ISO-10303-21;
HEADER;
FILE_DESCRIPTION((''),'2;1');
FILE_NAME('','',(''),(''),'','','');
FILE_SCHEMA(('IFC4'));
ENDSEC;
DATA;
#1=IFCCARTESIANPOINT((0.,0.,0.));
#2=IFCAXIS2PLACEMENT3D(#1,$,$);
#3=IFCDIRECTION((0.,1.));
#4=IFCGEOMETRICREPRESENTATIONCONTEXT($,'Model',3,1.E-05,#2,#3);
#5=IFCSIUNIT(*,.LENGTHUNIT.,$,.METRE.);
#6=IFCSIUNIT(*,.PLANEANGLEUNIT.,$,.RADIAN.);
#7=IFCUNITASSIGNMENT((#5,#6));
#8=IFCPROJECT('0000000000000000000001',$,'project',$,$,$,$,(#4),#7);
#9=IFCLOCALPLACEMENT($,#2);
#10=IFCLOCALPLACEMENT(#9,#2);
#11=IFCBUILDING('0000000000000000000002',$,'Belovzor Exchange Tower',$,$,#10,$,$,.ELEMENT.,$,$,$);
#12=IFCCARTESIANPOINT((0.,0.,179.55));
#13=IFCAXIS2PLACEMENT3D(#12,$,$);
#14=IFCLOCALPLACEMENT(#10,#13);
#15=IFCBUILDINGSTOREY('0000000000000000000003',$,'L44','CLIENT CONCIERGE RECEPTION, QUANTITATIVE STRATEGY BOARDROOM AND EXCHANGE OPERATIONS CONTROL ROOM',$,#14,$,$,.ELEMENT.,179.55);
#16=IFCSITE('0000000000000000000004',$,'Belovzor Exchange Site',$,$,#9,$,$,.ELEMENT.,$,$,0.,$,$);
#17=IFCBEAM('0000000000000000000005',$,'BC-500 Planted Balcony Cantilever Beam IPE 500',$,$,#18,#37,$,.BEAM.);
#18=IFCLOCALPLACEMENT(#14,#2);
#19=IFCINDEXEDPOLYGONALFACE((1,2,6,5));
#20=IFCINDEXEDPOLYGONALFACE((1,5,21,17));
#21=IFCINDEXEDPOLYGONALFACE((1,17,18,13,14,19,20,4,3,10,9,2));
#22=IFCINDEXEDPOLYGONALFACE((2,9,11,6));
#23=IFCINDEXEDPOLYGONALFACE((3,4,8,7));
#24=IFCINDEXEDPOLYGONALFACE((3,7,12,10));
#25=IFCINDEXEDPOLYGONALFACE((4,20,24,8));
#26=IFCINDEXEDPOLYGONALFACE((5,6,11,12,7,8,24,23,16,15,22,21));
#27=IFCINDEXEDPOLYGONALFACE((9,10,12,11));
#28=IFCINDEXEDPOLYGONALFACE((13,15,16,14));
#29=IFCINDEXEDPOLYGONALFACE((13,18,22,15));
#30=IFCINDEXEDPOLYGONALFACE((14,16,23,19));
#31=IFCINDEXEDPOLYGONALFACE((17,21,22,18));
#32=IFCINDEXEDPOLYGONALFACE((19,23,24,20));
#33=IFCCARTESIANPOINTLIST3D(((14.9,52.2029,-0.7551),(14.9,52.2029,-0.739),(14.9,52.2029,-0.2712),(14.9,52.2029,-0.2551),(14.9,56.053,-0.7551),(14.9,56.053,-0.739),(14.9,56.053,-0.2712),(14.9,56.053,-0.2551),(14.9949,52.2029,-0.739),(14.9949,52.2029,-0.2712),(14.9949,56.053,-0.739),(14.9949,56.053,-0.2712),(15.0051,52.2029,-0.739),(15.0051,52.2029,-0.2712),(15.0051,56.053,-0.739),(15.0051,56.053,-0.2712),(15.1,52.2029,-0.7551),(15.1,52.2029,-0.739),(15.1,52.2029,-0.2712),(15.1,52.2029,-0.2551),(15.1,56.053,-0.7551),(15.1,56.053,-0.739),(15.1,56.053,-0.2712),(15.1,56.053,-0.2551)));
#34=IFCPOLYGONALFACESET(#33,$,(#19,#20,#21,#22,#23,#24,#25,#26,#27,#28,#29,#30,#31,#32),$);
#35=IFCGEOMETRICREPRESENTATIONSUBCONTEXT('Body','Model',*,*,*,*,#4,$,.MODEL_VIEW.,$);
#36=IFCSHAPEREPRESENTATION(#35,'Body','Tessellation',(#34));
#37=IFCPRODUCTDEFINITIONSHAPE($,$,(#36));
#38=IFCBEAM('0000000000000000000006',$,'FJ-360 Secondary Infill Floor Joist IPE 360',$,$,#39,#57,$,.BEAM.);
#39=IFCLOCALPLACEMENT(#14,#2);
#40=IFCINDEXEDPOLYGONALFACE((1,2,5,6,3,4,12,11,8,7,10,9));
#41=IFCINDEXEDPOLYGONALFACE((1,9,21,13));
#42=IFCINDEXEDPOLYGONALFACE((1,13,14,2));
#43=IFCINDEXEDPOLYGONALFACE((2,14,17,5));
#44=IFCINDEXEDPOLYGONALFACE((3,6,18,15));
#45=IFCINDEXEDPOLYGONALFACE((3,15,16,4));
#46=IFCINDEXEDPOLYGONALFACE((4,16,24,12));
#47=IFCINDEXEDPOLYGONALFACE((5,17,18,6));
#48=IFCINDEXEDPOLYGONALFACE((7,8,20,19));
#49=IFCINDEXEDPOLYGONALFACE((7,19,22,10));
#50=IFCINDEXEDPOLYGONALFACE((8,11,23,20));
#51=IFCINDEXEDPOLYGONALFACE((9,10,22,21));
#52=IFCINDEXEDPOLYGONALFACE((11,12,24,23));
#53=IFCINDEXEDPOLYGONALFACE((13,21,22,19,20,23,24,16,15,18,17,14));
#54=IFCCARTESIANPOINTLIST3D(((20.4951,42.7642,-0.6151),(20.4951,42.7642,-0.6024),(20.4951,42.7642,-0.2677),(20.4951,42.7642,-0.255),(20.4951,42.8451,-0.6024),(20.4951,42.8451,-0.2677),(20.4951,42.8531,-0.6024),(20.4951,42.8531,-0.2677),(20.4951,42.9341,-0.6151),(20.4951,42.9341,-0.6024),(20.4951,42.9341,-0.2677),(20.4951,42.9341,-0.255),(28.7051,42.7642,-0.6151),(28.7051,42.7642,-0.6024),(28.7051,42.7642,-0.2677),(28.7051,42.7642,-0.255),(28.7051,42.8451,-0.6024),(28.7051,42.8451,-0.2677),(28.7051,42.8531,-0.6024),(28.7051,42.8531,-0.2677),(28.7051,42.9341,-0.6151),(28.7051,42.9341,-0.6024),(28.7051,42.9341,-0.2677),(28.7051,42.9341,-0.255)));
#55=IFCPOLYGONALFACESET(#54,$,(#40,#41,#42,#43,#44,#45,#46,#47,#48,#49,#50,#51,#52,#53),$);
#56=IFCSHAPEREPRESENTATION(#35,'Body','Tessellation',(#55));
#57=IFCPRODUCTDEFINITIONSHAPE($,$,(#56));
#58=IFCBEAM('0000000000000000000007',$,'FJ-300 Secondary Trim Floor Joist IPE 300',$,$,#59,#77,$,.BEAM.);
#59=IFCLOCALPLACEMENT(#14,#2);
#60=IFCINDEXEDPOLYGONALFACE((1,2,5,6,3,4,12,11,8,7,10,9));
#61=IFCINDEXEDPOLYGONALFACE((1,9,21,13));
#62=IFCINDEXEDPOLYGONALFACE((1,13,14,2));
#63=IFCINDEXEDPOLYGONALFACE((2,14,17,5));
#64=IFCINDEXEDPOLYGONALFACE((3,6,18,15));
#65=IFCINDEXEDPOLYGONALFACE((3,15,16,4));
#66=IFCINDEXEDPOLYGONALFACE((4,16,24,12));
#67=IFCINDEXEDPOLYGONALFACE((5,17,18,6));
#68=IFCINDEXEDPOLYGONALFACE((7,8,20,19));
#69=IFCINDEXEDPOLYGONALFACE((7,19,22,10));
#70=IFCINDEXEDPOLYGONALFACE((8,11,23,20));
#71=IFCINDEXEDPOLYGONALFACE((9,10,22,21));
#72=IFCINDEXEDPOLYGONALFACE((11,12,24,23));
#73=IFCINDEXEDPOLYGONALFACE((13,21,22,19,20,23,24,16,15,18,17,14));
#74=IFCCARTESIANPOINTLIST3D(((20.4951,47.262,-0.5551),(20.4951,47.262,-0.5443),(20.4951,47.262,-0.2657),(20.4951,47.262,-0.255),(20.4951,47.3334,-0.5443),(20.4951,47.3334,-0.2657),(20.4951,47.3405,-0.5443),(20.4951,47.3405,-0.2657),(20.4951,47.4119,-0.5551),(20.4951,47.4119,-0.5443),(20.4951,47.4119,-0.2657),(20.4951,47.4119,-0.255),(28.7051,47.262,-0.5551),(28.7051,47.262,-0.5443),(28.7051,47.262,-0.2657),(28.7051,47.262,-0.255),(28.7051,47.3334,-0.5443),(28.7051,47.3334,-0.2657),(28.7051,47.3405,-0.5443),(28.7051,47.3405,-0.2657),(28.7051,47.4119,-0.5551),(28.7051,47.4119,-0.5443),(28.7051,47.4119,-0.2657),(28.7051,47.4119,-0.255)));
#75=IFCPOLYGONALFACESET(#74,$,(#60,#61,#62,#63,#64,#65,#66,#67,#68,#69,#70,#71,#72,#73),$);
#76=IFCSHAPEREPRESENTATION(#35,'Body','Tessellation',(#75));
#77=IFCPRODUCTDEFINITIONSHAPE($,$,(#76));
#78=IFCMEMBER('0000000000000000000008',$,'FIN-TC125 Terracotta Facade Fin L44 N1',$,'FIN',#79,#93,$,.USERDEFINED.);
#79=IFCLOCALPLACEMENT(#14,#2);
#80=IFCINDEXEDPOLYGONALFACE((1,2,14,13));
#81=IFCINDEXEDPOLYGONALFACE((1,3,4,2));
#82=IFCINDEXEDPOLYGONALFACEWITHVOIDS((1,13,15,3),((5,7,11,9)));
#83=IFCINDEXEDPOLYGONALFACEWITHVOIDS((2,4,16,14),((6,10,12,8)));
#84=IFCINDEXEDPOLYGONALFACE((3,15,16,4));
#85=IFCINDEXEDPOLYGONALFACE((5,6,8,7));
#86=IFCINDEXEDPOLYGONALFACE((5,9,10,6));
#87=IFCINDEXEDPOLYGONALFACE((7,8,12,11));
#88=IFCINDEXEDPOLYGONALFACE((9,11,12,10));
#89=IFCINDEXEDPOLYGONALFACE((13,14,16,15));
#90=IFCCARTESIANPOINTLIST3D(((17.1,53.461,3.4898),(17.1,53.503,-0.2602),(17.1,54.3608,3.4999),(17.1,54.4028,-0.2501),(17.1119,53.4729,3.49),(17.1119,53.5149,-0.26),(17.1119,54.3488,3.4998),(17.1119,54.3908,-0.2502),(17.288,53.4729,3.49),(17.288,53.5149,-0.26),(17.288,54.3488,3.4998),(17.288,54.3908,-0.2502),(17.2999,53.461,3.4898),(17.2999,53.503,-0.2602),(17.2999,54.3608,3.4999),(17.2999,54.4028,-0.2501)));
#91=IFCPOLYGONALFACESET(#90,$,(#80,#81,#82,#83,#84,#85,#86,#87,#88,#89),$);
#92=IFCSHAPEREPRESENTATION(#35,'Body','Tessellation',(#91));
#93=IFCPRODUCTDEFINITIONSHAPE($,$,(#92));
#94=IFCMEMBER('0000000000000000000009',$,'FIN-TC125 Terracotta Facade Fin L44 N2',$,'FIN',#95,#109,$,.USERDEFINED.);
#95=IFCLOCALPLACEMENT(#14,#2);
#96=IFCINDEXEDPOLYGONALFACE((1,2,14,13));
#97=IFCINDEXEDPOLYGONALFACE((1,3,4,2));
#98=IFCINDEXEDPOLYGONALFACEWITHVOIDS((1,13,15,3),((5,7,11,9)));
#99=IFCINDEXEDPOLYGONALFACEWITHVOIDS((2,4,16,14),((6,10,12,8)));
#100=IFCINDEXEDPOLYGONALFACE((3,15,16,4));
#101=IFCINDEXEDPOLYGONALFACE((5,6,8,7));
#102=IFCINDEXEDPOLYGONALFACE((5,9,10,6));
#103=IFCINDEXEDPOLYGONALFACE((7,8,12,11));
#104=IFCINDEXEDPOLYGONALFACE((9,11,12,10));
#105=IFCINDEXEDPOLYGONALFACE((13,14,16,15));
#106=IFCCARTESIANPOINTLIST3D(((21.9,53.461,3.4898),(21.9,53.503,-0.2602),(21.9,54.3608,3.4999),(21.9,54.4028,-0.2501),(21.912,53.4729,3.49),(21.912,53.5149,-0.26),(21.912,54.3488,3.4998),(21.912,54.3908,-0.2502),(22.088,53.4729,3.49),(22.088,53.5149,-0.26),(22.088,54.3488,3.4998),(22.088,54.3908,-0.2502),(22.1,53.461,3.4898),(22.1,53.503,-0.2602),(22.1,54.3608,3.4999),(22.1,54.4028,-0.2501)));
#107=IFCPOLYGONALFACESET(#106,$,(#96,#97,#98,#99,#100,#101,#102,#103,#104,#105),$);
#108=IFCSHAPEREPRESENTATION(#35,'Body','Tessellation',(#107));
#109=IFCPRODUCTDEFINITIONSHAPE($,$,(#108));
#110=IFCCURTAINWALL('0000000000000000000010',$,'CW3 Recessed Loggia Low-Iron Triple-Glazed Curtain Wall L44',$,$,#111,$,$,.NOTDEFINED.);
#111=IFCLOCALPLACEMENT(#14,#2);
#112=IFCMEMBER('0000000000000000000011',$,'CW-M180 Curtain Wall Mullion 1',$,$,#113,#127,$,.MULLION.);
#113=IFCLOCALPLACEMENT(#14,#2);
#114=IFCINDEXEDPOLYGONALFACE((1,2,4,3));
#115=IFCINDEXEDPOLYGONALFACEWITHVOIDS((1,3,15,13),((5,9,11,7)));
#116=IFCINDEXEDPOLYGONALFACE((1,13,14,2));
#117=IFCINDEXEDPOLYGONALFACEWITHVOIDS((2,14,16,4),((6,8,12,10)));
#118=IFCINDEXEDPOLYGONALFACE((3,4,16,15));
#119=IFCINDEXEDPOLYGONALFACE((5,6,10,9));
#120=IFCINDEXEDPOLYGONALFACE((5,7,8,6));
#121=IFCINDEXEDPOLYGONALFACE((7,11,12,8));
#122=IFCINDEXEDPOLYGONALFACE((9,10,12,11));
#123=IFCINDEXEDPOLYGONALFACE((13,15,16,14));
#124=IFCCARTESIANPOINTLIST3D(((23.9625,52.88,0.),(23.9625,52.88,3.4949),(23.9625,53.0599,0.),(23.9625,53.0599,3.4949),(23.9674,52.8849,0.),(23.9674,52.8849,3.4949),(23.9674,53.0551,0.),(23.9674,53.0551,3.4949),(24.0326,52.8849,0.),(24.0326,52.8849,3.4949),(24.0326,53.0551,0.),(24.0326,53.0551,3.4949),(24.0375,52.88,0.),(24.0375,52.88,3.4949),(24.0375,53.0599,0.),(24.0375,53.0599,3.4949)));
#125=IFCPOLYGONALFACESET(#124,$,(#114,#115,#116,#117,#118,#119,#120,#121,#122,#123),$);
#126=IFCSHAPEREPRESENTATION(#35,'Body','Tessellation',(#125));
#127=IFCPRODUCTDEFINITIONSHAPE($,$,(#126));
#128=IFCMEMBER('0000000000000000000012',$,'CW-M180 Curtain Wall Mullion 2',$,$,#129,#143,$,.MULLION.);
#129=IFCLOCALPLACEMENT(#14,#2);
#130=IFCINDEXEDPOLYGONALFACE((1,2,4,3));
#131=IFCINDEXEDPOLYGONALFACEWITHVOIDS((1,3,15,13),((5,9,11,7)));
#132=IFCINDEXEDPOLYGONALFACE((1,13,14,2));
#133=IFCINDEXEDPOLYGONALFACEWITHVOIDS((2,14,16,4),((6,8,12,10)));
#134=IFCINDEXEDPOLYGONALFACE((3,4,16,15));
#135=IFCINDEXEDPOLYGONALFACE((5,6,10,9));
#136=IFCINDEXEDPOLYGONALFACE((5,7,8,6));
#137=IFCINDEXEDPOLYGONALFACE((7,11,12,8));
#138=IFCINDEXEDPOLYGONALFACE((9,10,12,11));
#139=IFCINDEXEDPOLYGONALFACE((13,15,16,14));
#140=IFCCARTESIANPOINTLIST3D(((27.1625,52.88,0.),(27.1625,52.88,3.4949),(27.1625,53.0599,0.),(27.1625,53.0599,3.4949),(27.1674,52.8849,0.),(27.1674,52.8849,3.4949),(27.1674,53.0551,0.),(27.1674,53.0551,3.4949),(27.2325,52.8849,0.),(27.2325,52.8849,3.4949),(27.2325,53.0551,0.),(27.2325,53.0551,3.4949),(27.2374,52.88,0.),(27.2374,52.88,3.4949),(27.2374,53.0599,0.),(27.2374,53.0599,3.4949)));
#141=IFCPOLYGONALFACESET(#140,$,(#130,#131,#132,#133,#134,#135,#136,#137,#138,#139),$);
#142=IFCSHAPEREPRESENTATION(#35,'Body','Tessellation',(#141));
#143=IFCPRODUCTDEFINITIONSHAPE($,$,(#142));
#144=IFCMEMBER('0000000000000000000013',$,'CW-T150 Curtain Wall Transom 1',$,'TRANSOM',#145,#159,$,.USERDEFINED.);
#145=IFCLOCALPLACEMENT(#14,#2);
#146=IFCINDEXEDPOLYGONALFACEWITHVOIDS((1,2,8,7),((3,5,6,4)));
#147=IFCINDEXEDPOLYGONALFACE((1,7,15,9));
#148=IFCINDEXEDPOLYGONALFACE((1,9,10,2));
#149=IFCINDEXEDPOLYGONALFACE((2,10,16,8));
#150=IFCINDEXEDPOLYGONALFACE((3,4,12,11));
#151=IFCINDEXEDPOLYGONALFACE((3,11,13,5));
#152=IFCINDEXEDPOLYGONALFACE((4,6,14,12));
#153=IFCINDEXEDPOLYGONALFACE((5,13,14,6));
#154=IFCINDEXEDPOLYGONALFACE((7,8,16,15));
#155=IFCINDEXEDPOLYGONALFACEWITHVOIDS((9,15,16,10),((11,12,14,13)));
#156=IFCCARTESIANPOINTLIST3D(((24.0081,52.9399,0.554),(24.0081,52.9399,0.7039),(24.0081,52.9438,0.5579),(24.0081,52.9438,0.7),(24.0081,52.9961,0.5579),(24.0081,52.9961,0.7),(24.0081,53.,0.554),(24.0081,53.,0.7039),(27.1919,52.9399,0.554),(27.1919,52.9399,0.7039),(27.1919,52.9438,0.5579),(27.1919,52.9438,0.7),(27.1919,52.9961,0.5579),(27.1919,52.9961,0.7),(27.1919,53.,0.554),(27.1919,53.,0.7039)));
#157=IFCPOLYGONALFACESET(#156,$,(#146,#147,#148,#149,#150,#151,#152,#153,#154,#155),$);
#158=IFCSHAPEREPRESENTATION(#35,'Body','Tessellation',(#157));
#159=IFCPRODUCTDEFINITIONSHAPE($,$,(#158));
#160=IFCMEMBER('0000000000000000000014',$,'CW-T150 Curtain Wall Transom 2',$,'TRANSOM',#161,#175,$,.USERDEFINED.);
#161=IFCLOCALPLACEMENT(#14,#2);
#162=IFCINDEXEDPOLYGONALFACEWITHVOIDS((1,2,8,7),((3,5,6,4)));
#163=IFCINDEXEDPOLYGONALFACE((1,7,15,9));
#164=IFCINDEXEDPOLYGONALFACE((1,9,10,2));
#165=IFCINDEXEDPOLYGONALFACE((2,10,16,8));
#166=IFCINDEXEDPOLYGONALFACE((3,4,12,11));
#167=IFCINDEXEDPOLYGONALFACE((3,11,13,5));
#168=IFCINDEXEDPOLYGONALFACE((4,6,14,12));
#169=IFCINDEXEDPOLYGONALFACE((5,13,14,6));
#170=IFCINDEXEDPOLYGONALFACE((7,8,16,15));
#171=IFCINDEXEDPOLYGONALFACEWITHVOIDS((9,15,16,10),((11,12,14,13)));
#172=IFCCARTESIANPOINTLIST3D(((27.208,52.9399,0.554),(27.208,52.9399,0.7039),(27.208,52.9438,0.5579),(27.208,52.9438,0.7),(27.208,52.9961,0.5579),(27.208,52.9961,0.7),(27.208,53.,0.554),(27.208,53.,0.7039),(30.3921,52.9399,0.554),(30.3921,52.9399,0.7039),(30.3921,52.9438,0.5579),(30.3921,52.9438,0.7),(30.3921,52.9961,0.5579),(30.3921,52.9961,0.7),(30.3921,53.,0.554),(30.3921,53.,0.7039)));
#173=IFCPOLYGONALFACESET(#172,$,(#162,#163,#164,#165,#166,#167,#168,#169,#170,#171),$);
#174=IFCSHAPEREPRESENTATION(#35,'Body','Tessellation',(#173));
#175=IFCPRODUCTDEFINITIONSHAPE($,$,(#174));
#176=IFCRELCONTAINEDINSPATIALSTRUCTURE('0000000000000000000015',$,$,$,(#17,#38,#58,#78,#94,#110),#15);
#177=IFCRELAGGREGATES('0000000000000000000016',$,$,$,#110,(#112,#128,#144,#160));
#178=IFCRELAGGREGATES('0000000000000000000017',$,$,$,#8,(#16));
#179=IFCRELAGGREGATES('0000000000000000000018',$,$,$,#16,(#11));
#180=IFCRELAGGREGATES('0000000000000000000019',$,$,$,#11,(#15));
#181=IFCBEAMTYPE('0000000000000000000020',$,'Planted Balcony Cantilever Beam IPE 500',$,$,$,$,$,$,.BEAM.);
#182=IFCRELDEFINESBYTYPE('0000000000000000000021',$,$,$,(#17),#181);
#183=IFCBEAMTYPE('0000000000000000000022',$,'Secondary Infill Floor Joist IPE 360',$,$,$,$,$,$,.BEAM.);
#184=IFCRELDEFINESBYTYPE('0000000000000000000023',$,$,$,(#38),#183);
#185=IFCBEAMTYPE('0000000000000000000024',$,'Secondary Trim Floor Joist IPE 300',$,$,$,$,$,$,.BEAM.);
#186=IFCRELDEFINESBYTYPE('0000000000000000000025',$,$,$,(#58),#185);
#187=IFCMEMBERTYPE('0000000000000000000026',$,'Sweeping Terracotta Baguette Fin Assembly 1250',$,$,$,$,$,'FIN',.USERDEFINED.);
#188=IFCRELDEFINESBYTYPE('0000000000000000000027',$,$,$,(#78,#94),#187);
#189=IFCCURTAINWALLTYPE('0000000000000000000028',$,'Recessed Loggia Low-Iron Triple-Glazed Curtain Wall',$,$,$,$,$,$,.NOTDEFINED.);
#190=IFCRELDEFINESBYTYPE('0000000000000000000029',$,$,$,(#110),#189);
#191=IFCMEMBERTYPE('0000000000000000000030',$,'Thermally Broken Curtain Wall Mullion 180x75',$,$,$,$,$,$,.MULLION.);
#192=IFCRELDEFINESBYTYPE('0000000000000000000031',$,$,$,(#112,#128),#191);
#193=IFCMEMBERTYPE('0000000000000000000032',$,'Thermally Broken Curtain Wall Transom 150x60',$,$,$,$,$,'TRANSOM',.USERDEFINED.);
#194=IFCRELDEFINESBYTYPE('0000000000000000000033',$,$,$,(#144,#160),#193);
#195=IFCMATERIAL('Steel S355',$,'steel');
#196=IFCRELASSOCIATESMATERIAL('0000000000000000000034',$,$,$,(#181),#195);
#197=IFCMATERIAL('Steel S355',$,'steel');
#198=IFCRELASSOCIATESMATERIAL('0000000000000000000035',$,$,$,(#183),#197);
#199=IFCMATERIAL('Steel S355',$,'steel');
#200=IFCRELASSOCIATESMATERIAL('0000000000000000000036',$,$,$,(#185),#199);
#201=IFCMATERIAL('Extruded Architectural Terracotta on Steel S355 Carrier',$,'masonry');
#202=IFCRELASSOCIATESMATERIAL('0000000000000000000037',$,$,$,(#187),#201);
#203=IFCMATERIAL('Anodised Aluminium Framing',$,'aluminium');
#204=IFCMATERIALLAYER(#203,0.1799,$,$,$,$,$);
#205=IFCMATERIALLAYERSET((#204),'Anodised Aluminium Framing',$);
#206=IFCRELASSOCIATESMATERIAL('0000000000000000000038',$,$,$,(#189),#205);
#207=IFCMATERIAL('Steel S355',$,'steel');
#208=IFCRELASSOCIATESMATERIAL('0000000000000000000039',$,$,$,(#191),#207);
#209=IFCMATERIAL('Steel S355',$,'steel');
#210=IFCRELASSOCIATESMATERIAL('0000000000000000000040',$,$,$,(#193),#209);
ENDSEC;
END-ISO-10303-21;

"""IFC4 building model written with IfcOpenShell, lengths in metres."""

from ifc_helpers import new_model, si_unit, direction, frame, origin, origin_2d, place, context, subcontext, project, spatial, hollow_rectangle, i_section, extrude, material, layer, layer_set, material_profile, profile_set, type_object, element, aggregate, save


model = new_model("IFC4")

# Units and contexts
model_context = context("Model", 3, precision=1e-05, world=origin(), true_north=direction((0.0, 1.0)))
body_context = subcontext(model_context, "Body", "Model", "MODEL_VIEW")
ifc_project = project(units=[si_unit("LENGTHUNIT", "METRE"), si_unit("PLANEANGLEUNIT", "RADIAN")], contexts=[model_context])

# Site, building, storey
site_placement = place(None, origin())
site = spatial("IfcSite", under=ifc_project, at=site_placement, Name="Belovzor Exchange Site", CompositionType="ELEMENT", RefElevation=0.0)
building_placement = place(site_placement, origin())
building = spatial("IfcBuilding", under=site, at=building_placement, Name="Belovzor Exchange Tower", CompositionType="ELEMENT")
storey_placement = place(building_placement, frame((0.0, 0.0, 179.55)))
storey = spatial("IfcBuildingStorey", under=building, at=storey_placement, Name="L44", Description="CLIENT CONCIERGE RECEPTION, QUANTITATIVE STRATEGY BOARDROOM AND EXCHANGE OPERATIONS CONTROL ROOM", CompositionType="ELEMENT", Elevation=179.55)

# Beams
ifc_material_1 = material(Name="Steel S355", Category="steel")
ifc_material_profile_1 = material_profile(ifc_material_1, i_section(OverallWidth=0.2, OverallDepth=0.5, WebThickness=0.0103, FlangeThickness=0.0161, at=origin_2d()))
ifc_profile_set_1 = profile_set([ifc_material_profile_1], Name="Steel S355")
beam_type_1 = type_object("IfcBeamType", Name="Planted Balcony Cantilever Beam IPE 500", PredefinedType="BEAM", material=ifc_profile_set_1)
beam_1_placement = place(storey_placement, frame((15.0, 52.2029, -0.5051), z_axis=(0.0, 1.0, 0.0), x_axis=(-1.0, 0.0, 0.0)))
element("IfcBeam", 1, at=beam_1_placement, inside=storey, type_object=beam_type_1, Name="BC-500 Planted Balcony Cantilever Beam IPE 500", PredefinedType="BEAM", context=body_context, shape_type="SweptSolid", body=[
    extrude(i_section(OverallWidth=0.2, OverallDepth=0.5, WebThickness=0.0103, FlangeThickness=0.0161, at=origin_2d()), origin(), (0.0, 0.0, 1.0), 3.8501),
])
ifc_material_2 = material(Name="Steel S355", Category="steel")
ifc_material_profile_2 = material_profile(ifc_material_2, i_section(OverallWidth=0.1699, OverallDepth=0.3601, WebThickness=0.0081, FlangeThickness=0.0127, at=origin_2d()))
ifc_profile_set_2 = profile_set([ifc_material_profile_2], Name="Steel S355")
beam_type_2 = type_object("IfcBeamType", Name="Secondary Infill Floor Joist IPE 360", PredefinedType="BEAM", material=ifc_profile_set_2)
beam_2_placement = place(storey_placement, frame((20.4951, 42.8491, -0.4351), z_axis=(1.0, 0.0, 0.0), x_axis=(0.0, 1.0, 0.0)))
element("IfcBeam", 2, at=beam_2_placement, inside=storey, type_object=beam_type_2, Name="FJ-360 Secondary Infill Floor Joist IPE 360", PredefinedType="BEAM", context=body_context, shape_type="SweptSolid", body=[
    extrude(i_section(OverallWidth=0.1699, OverallDepth=0.3601, WebThickness=0.0081, FlangeThickness=0.0127, at=origin_2d()), origin(), (0.0, 0.0, 1.0), 8.21),
])
ifc_material_3 = material(Name="Steel S355", Category="steel")
ifc_material_profile_3 = material_profile(ifc_material_3, i_section(OverallWidth=0.1499, OverallDepth=0.3, WebThickness=0.0071, FlangeThickness=0.0107, at=origin_2d()))
ifc_profile_set_3 = profile_set([ifc_material_profile_3], Name="Steel S355")
beam_type_3 = type_object("IfcBeamType", Name="Secondary Trim Floor Joist IPE 300", PredefinedType="BEAM", material=ifc_profile_set_3)
beam_3_placement = place(storey_placement, frame((20.4951, 47.3369, -0.405), z_axis=(1.0, 0.0, 0.0), x_axis=(0.0, 1.0, 0.0)))
element("IfcBeam", 3, at=beam_3_placement, inside=storey, type_object=beam_type_3, Name="FJ-300 Secondary Trim Floor Joist IPE 300", PredefinedType="BEAM", context=body_context, shape_type="SweptSolid", body=[
    extrude(i_section(OverallWidth=0.1499, OverallDepth=0.3, WebThickness=0.0071, FlangeThickness=0.0107, at=origin_2d()), origin(), (0.0, 0.0, 1.0), 8.21),
])

# Members
ifc_material_4 = material(Name="Extruded Architectural Terracotta on Steel S355 Carrier", Category="masonry")
ifc_material_profile_4 = material_profile(ifc_material_4, hollow_rectangle(XDim=0.2, YDim=0.8999, WallThickness=0.012, at=origin_2d()))
ifc_profile_set_4 = profile_set([ifc_material_profile_4], Name="Extruded Architectural Terracotta on Steel S355 Carrier")
member_type_1 = type_object("IfcMemberType", Name="Sweeping Terracotta Baguette Fin Assembly 1250", ElementType="FIN", PredefinedType="USERDEFINED", material=ifc_profile_set_4)
for number, where, z_axis, x_axis, name in (
    (4, (17.2, 53.9529, -0.2551), (0.0, -0.011197, 0.999937), (1.0, 0.0, 0.0), "FIN-TC125 Terracotta Facade Fin L44 N1"),
    (5, (22.0, 53.9529, -0.2551), (0.0, -0.011197, 0.999937), (1.0, 0.0, 0.0), "FIN-TC125 Terracotta Facade Fin L44 N2"),
):
    element("IfcMember", number, at=place(storey_placement, frame(where, z_axis=z_axis, x_axis=x_axis)), inside=storey, type_object=member_type_1, Name=name, ObjectType="FIN", PredefinedType="USERDEFINED", context=body_context, shape_type="SweptSolid", body=[
        extrude(hollow_rectangle(XDim=0.2, YDim=0.8999, WallThickness=0.012, at=origin_2d()), origin(), (0.0, 0.0, 1.0), 3.7502),
    ])

# Curtain wall, members
ifc_material_5 = material(Name="Anodised Aluminium Framing", Category="aluminium")
ifc_layer_1 = layer(ifc_material_5, 0.1799)
ifc_layer_set_1 = layer_set([ifc_layer_1], Name="Anodised Aluminium Framing")
curtain_wall_type = type_object("IfcCurtainWallType", Name="Recessed Loggia Low-Iron Triple-Glazed Curtain Wall", PredefinedType="NOTDEFINED", material=ifc_layer_set_1)
curtain_wall_placement = place(storey_placement, origin())
curtain_wall = element("IfcCurtainWall", 6, at=curtain_wall_placement, inside=storey, type_object=curtain_wall_type, Name="CW3 Recessed Loggia Low-Iron Triple-Glazed Curtain Wall L44", PredefinedType="NOTDEFINED")
ifc_material_6 = material(Name="Steel S355", Category="steel")
ifc_material_profile_5 = material_profile(ifc_material_6, hollow_rectangle(XDim=0.075, YDim=0.1799, WallThickness=0.0049, at=origin_2d()))
ifc_profile_set_5 = profile_set([ifc_material_profile_5], Name="Steel S355")
member_type_2 = type_object("IfcMemberType", Name="Thermally Broken Curtain Wall Mullion 180x75", PredefinedType="MULLION", material=ifc_profile_set_5)
member_1_placement = place(storey_placement, frame((24.0, 52.97, 0.0), z_axis=(0.0, 0.0, 1.0), x_axis=(1.0, 0.0, 0.0)))
member_1 = element("IfcMember", 7, at=member_1_placement, type_object=member_type_2, Name="CW-M180 Curtain Wall Mullion 1", PredefinedType="MULLION", context=body_context, shape_type="SweptSolid", body=[
    extrude(hollow_rectangle(XDim=0.075, YDim=0.1799, WallThickness=0.0049, at=origin_2d()), origin(), (0.0, 0.0, 1.0), 3.4949),
])
member_2_placement = place(storey_placement, frame((27.2, 52.97, 0.0), z_axis=(0.0, 0.0, 1.0), x_axis=(1.0, 0.0, 0.0)))
member_2 = element("IfcMember", 8, at=member_2_placement, type_object=member_type_2, Name="CW-M180 Curtain Wall Mullion 2", PredefinedType="MULLION", context=body_context, shape_type="SweptSolid", body=[
    extrude(hollow_rectangle(XDim=0.075, YDim=0.1799, WallThickness=0.0049, at=origin_2d()), origin(), (0.0, 0.0, 1.0), 3.4949),
])
ifc_material_7 = material(Name="Steel S355", Category="steel")
ifc_material_profile_6 = material_profile(ifc_material_7, hollow_rectangle(XDim=0.0601, YDim=0.1499, WallThickness=0.0039, at=origin_2d()))
ifc_profile_set_6 = profile_set([ifc_material_profile_6], Name="Steel S355")
member_type_3 = type_object("IfcMemberType", Name="Thermally Broken Curtain Wall Transom 150x60", ElementType="TRANSOM", PredefinedType="USERDEFINED", material=ifc_profile_set_6)
member_3_placement = place(storey_placement, frame((24.0081, 52.97, 0.6289), z_axis=(1.0, 0.0, 0.0), x_axis=(0.0, 1.0, 0.0)))
member_3 = element("IfcMember", 9, at=member_3_placement, type_object=member_type_3, Name="CW-T150 Curtain Wall Transom 1", ObjectType="TRANSOM", PredefinedType="USERDEFINED", context=body_context, shape_type="SweptSolid", body=[
    extrude(hollow_rectangle(XDim=0.0601, YDim=0.1499, WallThickness=0.0039, at=origin_2d()), origin(), (0.0, 0.0, 1.0), 3.1838),
])
member_4_placement = place(storey_placement, frame((27.208, 52.97, 0.6289), z_axis=(1.0, 0.0, 0.0), x_axis=(0.0, 1.0, 0.0)))
member_4 = element("IfcMember", 10, at=member_4_placement, type_object=member_type_3, Name="CW-T150 Curtain Wall Transom 2", ObjectType="TRANSOM", PredefinedType="USERDEFINED", context=body_context, shape_type="SweptSolid", body=[
    extrude(hollow_rectangle(XDim=0.0601, YDim=0.1499, WallThickness=0.0039, at=origin_2d()), origin(), (0.0, 0.0, 1.0), 3.1841),
])

aggregate(curtain_wall, [member_1, member_2, member_3, member_4])

save(model, "model.ifc")
